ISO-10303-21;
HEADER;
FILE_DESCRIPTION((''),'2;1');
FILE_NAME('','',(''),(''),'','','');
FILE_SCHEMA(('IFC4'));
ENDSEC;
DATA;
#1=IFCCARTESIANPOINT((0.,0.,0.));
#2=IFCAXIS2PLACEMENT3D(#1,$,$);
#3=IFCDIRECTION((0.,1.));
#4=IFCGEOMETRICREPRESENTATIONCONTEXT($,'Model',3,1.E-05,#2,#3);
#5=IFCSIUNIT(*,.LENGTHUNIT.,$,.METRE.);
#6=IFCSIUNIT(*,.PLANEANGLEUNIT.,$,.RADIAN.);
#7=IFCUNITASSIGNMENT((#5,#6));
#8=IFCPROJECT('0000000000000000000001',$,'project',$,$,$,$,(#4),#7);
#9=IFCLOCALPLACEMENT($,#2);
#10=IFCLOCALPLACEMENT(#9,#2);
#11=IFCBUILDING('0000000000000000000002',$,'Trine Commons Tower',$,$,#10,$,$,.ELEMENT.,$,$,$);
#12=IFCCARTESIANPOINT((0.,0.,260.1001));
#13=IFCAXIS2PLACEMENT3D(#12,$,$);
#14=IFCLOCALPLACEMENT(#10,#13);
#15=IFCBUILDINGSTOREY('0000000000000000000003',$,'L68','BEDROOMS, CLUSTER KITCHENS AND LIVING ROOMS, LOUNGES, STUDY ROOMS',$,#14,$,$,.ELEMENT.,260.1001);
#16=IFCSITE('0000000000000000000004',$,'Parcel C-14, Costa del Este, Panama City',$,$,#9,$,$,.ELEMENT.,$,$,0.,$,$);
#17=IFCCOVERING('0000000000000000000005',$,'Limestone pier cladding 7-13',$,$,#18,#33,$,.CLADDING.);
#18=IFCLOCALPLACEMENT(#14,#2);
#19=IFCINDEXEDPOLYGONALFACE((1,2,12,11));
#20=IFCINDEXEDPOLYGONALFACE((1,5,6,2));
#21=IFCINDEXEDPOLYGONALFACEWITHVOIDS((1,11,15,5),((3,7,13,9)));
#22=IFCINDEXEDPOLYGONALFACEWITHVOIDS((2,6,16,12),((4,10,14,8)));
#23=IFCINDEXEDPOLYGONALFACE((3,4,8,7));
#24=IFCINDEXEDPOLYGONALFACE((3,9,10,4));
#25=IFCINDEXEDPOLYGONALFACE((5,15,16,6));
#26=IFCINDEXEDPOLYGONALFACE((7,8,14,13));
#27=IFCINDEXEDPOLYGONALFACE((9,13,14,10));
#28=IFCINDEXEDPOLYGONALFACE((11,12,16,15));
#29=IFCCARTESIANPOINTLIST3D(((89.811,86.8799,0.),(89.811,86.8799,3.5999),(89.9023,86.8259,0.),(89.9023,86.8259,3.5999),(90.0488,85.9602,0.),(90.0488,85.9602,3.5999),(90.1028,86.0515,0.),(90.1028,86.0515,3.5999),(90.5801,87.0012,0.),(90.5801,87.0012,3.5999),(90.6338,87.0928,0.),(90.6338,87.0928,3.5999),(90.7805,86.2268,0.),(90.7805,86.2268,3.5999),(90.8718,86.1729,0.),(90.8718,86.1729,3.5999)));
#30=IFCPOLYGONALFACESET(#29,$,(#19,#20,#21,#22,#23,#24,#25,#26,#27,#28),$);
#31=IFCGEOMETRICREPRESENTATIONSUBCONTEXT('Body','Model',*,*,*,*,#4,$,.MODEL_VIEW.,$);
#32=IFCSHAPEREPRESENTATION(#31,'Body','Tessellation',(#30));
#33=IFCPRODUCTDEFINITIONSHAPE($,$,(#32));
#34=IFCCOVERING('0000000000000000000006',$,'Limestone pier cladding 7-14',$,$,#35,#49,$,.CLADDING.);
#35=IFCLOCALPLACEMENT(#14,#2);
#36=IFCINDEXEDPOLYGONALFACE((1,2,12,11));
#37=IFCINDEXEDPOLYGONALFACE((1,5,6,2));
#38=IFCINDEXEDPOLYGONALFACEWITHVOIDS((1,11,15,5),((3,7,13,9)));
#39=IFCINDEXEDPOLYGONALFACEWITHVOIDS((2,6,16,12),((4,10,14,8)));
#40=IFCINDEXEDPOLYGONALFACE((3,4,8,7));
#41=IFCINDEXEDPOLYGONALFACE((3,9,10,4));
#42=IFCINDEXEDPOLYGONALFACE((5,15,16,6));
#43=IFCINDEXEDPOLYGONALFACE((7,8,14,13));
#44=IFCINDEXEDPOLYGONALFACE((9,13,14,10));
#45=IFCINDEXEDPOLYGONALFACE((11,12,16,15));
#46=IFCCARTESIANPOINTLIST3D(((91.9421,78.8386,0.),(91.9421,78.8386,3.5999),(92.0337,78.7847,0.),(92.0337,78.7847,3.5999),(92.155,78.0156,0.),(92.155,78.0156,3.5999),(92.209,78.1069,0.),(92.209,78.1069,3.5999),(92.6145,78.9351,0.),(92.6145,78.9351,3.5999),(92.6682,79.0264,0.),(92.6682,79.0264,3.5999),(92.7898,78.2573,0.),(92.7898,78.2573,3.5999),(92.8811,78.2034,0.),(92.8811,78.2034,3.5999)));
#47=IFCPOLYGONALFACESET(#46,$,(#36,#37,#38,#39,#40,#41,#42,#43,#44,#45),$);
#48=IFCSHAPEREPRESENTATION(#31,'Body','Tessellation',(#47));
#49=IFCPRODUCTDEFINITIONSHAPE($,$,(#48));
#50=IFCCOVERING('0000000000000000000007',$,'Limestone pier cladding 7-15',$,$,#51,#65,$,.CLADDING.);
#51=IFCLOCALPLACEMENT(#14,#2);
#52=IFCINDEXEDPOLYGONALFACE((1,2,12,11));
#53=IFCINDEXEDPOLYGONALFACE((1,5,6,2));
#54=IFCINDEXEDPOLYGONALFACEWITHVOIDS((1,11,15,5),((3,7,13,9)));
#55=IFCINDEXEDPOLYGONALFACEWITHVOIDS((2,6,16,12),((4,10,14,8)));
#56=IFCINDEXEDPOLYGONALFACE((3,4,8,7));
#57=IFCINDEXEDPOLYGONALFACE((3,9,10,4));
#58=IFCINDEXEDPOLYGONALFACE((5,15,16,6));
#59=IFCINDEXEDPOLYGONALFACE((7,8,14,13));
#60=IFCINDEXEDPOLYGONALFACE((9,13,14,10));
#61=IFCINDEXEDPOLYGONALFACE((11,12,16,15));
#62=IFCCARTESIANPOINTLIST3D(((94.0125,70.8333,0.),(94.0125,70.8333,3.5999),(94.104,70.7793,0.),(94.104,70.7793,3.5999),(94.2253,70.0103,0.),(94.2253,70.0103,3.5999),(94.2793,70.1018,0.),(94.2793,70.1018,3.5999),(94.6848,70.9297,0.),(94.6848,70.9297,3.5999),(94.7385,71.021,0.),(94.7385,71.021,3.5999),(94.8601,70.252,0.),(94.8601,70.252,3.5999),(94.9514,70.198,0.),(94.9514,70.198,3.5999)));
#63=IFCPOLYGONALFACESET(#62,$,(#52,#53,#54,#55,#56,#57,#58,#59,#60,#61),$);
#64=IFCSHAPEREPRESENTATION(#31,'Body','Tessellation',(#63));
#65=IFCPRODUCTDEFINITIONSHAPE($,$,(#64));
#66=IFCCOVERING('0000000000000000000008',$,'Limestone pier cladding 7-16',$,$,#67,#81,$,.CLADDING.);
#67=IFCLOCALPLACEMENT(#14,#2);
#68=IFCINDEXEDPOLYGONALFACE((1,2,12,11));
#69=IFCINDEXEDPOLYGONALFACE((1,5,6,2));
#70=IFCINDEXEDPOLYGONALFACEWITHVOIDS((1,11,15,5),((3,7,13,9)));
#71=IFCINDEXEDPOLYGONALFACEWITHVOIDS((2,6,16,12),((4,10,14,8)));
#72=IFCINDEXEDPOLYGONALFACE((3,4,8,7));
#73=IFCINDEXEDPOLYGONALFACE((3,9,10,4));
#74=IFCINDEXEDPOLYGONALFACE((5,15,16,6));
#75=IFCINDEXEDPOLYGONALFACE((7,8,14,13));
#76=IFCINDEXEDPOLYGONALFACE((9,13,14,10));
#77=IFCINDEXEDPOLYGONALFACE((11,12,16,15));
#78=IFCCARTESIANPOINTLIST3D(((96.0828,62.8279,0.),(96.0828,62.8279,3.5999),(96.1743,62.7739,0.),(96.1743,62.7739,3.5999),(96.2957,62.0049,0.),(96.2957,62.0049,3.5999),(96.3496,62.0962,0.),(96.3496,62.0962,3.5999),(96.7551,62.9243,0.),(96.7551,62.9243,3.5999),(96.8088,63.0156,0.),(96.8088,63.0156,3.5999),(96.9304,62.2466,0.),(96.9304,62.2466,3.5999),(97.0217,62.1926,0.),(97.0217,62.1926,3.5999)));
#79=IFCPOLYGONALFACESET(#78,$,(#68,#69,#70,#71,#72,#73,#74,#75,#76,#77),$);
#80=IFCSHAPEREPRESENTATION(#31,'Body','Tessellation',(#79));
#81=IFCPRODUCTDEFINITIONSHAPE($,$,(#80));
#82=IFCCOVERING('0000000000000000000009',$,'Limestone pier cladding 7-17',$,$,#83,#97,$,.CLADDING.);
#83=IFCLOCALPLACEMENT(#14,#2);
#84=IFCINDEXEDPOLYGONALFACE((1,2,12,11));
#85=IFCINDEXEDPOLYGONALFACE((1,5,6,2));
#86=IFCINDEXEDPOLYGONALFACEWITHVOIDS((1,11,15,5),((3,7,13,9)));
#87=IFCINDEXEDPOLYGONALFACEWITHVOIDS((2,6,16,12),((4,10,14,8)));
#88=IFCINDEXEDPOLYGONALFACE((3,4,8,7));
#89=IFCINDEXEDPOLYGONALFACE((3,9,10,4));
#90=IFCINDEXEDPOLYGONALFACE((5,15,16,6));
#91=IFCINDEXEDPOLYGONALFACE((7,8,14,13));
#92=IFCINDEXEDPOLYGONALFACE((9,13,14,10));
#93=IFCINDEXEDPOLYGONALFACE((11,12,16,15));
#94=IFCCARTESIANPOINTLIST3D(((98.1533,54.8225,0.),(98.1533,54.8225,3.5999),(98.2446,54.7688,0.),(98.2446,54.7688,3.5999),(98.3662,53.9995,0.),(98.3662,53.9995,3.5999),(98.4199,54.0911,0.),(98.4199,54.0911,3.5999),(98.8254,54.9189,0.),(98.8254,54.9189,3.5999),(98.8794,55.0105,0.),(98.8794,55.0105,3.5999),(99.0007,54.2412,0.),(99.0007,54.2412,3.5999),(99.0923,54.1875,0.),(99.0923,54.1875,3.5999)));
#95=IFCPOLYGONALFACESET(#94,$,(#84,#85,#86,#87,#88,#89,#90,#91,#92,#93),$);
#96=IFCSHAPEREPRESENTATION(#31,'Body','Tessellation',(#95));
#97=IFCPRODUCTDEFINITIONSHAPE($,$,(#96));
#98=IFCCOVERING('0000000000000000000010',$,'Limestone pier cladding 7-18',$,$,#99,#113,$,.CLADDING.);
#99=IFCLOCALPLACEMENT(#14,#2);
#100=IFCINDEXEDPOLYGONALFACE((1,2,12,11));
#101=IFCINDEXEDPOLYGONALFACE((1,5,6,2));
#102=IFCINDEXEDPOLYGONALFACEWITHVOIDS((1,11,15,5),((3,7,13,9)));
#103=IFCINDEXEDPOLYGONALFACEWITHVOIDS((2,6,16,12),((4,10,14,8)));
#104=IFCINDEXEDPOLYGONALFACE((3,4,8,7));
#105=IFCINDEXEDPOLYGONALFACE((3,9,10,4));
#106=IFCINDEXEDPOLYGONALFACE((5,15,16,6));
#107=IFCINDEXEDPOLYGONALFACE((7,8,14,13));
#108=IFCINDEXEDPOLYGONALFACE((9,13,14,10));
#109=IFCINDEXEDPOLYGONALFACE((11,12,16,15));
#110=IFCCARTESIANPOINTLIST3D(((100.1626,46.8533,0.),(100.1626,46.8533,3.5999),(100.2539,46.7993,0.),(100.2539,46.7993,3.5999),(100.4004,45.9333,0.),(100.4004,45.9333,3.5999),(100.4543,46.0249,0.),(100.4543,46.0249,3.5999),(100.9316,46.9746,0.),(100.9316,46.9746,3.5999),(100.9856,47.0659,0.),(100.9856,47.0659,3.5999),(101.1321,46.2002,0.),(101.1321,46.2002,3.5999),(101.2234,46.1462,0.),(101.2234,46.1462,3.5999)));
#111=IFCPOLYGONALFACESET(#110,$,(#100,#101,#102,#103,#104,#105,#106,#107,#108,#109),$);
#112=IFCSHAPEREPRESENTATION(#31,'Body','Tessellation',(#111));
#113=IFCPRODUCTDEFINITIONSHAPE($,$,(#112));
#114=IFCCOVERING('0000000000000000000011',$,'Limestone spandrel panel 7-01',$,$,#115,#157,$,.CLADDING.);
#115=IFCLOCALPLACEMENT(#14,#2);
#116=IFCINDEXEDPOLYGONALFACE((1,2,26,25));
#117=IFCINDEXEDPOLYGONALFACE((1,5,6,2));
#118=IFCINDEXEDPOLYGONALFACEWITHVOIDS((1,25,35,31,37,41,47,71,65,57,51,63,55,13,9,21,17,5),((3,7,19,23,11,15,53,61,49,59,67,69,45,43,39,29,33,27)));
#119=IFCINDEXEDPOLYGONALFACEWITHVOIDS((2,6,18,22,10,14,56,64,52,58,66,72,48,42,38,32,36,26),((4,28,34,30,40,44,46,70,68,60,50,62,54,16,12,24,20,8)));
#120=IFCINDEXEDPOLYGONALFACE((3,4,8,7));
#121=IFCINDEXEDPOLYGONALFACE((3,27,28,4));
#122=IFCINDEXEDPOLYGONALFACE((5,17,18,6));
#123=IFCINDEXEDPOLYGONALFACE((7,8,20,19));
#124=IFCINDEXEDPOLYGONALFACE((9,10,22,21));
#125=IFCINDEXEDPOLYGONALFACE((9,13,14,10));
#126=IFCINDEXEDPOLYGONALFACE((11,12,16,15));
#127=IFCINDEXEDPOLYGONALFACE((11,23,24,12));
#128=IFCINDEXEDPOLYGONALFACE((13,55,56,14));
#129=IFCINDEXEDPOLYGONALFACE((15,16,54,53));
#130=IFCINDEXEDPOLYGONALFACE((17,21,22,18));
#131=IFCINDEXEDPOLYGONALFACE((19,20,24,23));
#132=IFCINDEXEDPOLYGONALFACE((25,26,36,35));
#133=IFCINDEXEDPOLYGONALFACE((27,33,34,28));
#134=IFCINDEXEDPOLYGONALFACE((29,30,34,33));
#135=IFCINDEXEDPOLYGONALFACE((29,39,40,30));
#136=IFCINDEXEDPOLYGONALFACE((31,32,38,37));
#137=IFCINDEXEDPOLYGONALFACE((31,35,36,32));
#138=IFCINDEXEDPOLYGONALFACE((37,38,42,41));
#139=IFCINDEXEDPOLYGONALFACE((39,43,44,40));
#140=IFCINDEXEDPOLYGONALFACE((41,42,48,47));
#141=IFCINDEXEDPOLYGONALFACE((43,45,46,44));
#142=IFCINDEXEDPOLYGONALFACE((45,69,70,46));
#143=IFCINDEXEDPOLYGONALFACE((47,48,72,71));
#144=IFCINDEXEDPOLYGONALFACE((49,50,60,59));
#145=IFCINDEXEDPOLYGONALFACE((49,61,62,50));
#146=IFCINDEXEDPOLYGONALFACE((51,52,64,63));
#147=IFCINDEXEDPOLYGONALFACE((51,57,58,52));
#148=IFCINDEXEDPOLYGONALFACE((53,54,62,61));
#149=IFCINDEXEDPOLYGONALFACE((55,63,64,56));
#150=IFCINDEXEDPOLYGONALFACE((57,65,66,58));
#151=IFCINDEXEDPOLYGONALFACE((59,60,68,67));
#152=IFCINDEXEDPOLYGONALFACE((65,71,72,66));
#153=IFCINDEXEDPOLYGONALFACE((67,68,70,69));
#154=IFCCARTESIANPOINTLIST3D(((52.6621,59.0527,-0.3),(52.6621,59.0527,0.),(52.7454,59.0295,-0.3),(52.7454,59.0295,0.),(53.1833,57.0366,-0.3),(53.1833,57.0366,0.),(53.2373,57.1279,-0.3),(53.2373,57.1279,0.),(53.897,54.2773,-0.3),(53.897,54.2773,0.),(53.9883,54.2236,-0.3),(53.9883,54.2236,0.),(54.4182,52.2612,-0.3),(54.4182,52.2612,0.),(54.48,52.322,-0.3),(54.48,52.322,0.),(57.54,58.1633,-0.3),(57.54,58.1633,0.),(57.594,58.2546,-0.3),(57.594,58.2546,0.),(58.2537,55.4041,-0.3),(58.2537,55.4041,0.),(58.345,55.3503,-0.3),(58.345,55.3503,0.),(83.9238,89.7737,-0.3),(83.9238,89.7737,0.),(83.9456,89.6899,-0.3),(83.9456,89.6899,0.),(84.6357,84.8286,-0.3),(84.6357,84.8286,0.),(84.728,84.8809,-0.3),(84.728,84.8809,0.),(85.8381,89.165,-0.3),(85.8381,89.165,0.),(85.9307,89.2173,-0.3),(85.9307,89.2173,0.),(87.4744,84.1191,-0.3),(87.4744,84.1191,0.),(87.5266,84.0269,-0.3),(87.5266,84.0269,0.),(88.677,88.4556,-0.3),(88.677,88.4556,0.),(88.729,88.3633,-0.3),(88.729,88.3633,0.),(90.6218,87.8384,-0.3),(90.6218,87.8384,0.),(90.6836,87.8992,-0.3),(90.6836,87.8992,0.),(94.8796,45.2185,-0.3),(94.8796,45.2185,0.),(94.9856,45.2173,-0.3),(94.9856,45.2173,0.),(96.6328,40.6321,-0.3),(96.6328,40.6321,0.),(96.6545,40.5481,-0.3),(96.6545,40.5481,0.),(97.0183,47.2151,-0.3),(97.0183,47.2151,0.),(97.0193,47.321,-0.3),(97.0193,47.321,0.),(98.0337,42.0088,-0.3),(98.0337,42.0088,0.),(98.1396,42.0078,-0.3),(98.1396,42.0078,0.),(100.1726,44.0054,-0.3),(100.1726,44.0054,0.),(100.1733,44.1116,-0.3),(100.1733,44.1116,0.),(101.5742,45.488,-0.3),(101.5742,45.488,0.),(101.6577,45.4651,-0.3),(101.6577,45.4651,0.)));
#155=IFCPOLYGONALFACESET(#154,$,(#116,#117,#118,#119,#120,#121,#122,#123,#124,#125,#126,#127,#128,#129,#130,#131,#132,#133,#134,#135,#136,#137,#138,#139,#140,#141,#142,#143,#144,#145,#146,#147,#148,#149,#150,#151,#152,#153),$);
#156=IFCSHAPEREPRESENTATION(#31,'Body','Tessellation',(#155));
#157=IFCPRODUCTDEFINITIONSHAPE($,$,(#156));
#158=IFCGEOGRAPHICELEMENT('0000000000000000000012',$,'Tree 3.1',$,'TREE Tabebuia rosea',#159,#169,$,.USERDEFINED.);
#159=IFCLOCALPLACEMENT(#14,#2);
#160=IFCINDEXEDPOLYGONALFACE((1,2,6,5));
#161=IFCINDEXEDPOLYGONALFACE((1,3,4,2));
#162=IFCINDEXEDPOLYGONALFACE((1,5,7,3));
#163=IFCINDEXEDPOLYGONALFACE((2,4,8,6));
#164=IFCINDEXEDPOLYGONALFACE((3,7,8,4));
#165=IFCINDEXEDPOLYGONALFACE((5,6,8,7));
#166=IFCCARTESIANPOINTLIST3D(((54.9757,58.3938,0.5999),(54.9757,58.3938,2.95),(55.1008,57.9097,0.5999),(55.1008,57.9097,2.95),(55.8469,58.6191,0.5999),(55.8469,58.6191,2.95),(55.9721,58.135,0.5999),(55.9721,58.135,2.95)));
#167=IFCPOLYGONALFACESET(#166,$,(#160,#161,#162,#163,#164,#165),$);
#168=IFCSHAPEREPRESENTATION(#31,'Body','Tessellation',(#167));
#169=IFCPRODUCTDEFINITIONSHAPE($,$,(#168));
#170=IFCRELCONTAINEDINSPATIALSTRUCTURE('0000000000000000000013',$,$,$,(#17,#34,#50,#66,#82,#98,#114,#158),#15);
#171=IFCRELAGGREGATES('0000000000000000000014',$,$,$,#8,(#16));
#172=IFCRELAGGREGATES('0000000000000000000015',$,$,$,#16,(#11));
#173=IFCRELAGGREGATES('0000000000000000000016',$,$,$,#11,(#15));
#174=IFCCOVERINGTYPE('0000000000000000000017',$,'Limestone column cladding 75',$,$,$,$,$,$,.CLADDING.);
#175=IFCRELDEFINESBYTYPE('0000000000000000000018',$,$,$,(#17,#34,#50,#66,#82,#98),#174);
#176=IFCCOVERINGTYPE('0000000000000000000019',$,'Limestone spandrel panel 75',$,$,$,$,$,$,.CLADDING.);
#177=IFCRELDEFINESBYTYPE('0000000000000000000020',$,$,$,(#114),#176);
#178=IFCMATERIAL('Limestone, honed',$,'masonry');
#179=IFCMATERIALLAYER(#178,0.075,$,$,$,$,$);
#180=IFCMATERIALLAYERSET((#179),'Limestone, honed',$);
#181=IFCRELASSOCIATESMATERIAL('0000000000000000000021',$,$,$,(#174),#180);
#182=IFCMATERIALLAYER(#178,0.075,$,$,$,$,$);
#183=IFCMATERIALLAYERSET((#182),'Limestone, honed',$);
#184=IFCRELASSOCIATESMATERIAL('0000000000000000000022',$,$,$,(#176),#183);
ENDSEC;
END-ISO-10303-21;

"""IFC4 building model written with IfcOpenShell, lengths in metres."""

from ifc_helpers import new_model, si_unit, direction, frame, origin, origin_2d, place, context, subcontext, project, spatial, polyline, rectangle, outline, extrude, material, layer, layer_set, type_object, element, save


model = new_model("IFC4")

# Units and contexts
model_context = context("Model", 3, precision=1e-05, world=origin(), true_north=direction((0.0, 1.0)))
body_context = subcontext(model_context, "Body", "Model", "MODEL_VIEW")
ifc_project = project(units=[si_unit("LENGTHUNIT", "METRE"), si_unit("PLANEANGLEUNIT", "RADIAN")], contexts=[model_context])

# Site, building, storey
site_placement = place(None, origin())
site = spatial("IfcSite", under=ifc_project, at=site_placement, Name="Parcel C-14, Costa del Este, Panama City", CompositionType="ELEMENT", RefElevation=0.0)
building_placement = place(site_placement, origin())
building = spatial("IfcBuilding", under=site, at=building_placement, Name="Trine Commons Tower", CompositionType="ELEMENT")
storey_placement = place(building_placement, frame((0.0, 0.0, 260.1001)))
storey = spatial("IfcBuildingStorey", under=building, at=storey_placement, Name="L68", Description="BEDROOMS, CLUSTER KITCHENS AND LIVING ROOMS, LOUNGES, STUDY ROOMS", CompositionType="ELEMENT", Elevation=260.1001)

# Coverings
ifc_material_1 = material(Name="Limestone, honed", Category="masonry")
ifc_layer_1 = layer(ifc_material_1, 0.075)
ifc_layer_set_1 = layer_set([ifc_layer_1], Name="Limestone, honed")
covering_type_1 = type_object("IfcCoveringType", Name="Limestone column cladding 75", PredefinedType="CLADDING", material=ifc_layer_set_1)
covering_1_placement = place(storey_placement, origin())
element("IfcCovering", 1, at=covering_1_placement, inside=storey, type_object=covering_type_1, Name="Limestone pier cladding 7-13", PredefinedType="CLADDING", context=body_context, shape_type="SweptSolid", body=[
    extrude(outline(polyline([(90.6338, 87.0928), (89.811, 86.8799), (90.0488, 85.9602), (90.8718, 86.1729), (90.6338, 87.0928)]), holes=[polyline([(90.5801, 87.0012), (89.9023, 86.8259), (90.1028, 86.0515), (90.7805, 86.2268), (90.5801, 87.0012)])]), origin(), (0.0, 0.0, 1.0), 3.5999),
])
covering_2_placement = place(storey_placement, origin())
element("IfcCovering", 2, at=covering_2_placement, inside=storey, type_object=covering_type_1, Name="Limestone pier cladding 7-14", PredefinedType="CLADDING", context=body_context, shape_type="SweptSolid", body=[
    extrude(outline(polyline([(92.6682, 79.0264), (91.9421, 78.8386), (92.155, 78.0156), (92.8811, 78.2034), (92.6682, 79.0264)]), holes=[polyline([(92.6145, 78.9351), (92.0337, 78.7847), (92.209, 78.1069), (92.7898, 78.2573), (92.6145, 78.9351)])]), origin(), (0.0, 0.0, 1.0), 3.5999),
])
covering_3_placement = place(storey_placement, origin())
element("IfcCovering", 3, at=covering_3_placement, inside=storey, type_object=covering_type_1, Name="Limestone pier cladding 7-15", PredefinedType="CLADDING", context=body_context, shape_type="SweptSolid", body=[
    extrude(outline(polyline([(94.7385, 71.021), (94.0125, 70.8333), (94.2253, 70.0103), (94.9514, 70.198), (94.7385, 71.021)]), holes=[polyline([(94.6848, 70.9297), (94.104, 70.7793), (94.2793, 70.1018), (94.8601, 70.252), (94.6848, 70.9297)])]), origin(), (0.0, 0.0, 1.0), 3.5999),
])
covering_4_placement = place(storey_placement, origin())
element("IfcCovering", 4, at=covering_4_placement, inside=storey, type_object=covering_type_1, Name="Limestone pier cladding 7-16", PredefinedType="CLADDING", context=body_context, shape_type="SweptSolid", body=[
    extrude(outline(polyline([(96.8088, 63.0156), (96.0828, 62.8279), (96.2957, 62.0049), (97.0217, 62.1926), (96.8088, 63.0156)]), holes=[polyline([(96.7551, 62.9243), (96.1743, 62.7739), (96.3496, 62.0962), (96.9304, 62.2466), (96.7551, 62.9243)])]), origin(), (0.0, 0.0, 1.0), 3.5999),
])
covering_5_placement = place(storey_placement, origin())
element("IfcCovering", 5, at=covering_5_placement, inside=storey, type_object=covering_type_1, Name="Limestone pier cladding 7-17", PredefinedType="CLADDING", context=body_context, shape_type="SweptSolid", body=[
    extrude(outline(polyline([(98.8794, 55.0105), (98.1533, 54.8225), (98.3662, 53.9995), (99.0923, 54.1875), (98.8794, 55.0105)]), holes=[polyline([(98.8254, 54.9189), (98.2446, 54.7688), (98.4199, 54.0911), (99.0007, 54.2412), (98.8254, 54.9189)])]), origin(), (0.0, 0.0, 1.0), 3.5999),
])
covering_6_placement = place(storey_placement, origin())
element("IfcCovering", 6, at=covering_6_placement, inside=storey, type_object=covering_type_1, Name="Limestone pier cladding 7-18", PredefinedType="CLADDING", context=body_context, shape_type="SweptSolid", body=[
    extrude(outline(polyline([(100.9856, 47.0659), (100.1626, 46.8533), (100.4004, 45.9333), (101.2234, 46.1462), (100.9856, 47.0659)]), holes=[polyline([(100.9316, 46.9746), (100.2539, 46.7993), (100.4543, 46.0249), (101.1321, 46.2002), (100.9316, 46.9746)])]), origin(), (0.0, 0.0, 1.0), 3.5999),
])
ifc_layer_2 = layer(ifc_material_1, 0.075)
ifc_layer_set_2 = layer_set([ifc_layer_2], Name="Limestone, honed")
covering_type_2 = type_object("IfcCoveringType", Name="Limestone spandrel panel 75", PredefinedType="CLADDING", material=ifc_layer_set_2)
covering_7_placement = place(storey_placement, frame((0.0, 0.0, -0.3)))
element("IfcCovering", 7, at=covering_7_placement, inside=storey, type_object=covering_type_2, Name="Limestone spandrel panel 7-01", PredefinedType="CLADDING", context=body_context, shape_type="SweptSolid", body=[
    extrude(outline(polyline([(97.0183, 47.2151), (100.1726, 44.0054), (101.6577, 45.4651), (90.6836, 87.8992), (88.677, 88.4556), (87.4744, 84.1191), (84.728, 84.8809), (85.9307, 89.2173), (83.9238, 89.7737), (52.6621, 59.0527), (53.1833, 57.0366), (57.54, 58.1633), (58.2537, 55.4041), (53.897, 54.2773), (54.4182, 52.2612), (96.6545, 40.5481), (98.1396, 42.0078), (94.9856, 45.2173), (97.0183, 47.2151)]), holes=[polyline([(88.729, 88.3633), (90.6218, 87.8384), (101.5742, 45.488), (100.1733, 44.1116), (97.0193, 47.321), (94.8796, 45.2185), (98.0337, 42.0088), (96.6328, 40.6321), (54.48, 52.322), (53.9883, 54.2236), (58.345, 55.3503), (57.594, 58.2546), (53.2373, 57.1279), (52.7454, 59.0295), (83.9456, 89.6899), (85.8381, 89.165), (84.6357, 84.8286), (87.5266, 84.0269), (88.729, 88.3633)])]), origin(), (0.0, 0.0, 1.0), 0.3),
])

# Geographic element
geographic_element_placement = place(storey_placement, frame((55.4739, 58.2644, 0.5999), z_axis=(0.0, 0.0, 1.0), x_axis=(-0.968152, -0.250363, 0.0)))
element("IfcGeographicElement", 8, at=geographic_element_placement, inside=storey, Name="Tree 3.1", ObjectType="TREE Tabebuia rosea", PredefinedType="USERDEFINED", context=body_context, shape_type="SweptSolid", body=[
    extrude(rectangle(XDim=0.8999, YDim=0.5, at=origin_2d()), origin(), (0.0, 0.0, 1.0), 2.3501),
])

save(model, "model.ifc")
